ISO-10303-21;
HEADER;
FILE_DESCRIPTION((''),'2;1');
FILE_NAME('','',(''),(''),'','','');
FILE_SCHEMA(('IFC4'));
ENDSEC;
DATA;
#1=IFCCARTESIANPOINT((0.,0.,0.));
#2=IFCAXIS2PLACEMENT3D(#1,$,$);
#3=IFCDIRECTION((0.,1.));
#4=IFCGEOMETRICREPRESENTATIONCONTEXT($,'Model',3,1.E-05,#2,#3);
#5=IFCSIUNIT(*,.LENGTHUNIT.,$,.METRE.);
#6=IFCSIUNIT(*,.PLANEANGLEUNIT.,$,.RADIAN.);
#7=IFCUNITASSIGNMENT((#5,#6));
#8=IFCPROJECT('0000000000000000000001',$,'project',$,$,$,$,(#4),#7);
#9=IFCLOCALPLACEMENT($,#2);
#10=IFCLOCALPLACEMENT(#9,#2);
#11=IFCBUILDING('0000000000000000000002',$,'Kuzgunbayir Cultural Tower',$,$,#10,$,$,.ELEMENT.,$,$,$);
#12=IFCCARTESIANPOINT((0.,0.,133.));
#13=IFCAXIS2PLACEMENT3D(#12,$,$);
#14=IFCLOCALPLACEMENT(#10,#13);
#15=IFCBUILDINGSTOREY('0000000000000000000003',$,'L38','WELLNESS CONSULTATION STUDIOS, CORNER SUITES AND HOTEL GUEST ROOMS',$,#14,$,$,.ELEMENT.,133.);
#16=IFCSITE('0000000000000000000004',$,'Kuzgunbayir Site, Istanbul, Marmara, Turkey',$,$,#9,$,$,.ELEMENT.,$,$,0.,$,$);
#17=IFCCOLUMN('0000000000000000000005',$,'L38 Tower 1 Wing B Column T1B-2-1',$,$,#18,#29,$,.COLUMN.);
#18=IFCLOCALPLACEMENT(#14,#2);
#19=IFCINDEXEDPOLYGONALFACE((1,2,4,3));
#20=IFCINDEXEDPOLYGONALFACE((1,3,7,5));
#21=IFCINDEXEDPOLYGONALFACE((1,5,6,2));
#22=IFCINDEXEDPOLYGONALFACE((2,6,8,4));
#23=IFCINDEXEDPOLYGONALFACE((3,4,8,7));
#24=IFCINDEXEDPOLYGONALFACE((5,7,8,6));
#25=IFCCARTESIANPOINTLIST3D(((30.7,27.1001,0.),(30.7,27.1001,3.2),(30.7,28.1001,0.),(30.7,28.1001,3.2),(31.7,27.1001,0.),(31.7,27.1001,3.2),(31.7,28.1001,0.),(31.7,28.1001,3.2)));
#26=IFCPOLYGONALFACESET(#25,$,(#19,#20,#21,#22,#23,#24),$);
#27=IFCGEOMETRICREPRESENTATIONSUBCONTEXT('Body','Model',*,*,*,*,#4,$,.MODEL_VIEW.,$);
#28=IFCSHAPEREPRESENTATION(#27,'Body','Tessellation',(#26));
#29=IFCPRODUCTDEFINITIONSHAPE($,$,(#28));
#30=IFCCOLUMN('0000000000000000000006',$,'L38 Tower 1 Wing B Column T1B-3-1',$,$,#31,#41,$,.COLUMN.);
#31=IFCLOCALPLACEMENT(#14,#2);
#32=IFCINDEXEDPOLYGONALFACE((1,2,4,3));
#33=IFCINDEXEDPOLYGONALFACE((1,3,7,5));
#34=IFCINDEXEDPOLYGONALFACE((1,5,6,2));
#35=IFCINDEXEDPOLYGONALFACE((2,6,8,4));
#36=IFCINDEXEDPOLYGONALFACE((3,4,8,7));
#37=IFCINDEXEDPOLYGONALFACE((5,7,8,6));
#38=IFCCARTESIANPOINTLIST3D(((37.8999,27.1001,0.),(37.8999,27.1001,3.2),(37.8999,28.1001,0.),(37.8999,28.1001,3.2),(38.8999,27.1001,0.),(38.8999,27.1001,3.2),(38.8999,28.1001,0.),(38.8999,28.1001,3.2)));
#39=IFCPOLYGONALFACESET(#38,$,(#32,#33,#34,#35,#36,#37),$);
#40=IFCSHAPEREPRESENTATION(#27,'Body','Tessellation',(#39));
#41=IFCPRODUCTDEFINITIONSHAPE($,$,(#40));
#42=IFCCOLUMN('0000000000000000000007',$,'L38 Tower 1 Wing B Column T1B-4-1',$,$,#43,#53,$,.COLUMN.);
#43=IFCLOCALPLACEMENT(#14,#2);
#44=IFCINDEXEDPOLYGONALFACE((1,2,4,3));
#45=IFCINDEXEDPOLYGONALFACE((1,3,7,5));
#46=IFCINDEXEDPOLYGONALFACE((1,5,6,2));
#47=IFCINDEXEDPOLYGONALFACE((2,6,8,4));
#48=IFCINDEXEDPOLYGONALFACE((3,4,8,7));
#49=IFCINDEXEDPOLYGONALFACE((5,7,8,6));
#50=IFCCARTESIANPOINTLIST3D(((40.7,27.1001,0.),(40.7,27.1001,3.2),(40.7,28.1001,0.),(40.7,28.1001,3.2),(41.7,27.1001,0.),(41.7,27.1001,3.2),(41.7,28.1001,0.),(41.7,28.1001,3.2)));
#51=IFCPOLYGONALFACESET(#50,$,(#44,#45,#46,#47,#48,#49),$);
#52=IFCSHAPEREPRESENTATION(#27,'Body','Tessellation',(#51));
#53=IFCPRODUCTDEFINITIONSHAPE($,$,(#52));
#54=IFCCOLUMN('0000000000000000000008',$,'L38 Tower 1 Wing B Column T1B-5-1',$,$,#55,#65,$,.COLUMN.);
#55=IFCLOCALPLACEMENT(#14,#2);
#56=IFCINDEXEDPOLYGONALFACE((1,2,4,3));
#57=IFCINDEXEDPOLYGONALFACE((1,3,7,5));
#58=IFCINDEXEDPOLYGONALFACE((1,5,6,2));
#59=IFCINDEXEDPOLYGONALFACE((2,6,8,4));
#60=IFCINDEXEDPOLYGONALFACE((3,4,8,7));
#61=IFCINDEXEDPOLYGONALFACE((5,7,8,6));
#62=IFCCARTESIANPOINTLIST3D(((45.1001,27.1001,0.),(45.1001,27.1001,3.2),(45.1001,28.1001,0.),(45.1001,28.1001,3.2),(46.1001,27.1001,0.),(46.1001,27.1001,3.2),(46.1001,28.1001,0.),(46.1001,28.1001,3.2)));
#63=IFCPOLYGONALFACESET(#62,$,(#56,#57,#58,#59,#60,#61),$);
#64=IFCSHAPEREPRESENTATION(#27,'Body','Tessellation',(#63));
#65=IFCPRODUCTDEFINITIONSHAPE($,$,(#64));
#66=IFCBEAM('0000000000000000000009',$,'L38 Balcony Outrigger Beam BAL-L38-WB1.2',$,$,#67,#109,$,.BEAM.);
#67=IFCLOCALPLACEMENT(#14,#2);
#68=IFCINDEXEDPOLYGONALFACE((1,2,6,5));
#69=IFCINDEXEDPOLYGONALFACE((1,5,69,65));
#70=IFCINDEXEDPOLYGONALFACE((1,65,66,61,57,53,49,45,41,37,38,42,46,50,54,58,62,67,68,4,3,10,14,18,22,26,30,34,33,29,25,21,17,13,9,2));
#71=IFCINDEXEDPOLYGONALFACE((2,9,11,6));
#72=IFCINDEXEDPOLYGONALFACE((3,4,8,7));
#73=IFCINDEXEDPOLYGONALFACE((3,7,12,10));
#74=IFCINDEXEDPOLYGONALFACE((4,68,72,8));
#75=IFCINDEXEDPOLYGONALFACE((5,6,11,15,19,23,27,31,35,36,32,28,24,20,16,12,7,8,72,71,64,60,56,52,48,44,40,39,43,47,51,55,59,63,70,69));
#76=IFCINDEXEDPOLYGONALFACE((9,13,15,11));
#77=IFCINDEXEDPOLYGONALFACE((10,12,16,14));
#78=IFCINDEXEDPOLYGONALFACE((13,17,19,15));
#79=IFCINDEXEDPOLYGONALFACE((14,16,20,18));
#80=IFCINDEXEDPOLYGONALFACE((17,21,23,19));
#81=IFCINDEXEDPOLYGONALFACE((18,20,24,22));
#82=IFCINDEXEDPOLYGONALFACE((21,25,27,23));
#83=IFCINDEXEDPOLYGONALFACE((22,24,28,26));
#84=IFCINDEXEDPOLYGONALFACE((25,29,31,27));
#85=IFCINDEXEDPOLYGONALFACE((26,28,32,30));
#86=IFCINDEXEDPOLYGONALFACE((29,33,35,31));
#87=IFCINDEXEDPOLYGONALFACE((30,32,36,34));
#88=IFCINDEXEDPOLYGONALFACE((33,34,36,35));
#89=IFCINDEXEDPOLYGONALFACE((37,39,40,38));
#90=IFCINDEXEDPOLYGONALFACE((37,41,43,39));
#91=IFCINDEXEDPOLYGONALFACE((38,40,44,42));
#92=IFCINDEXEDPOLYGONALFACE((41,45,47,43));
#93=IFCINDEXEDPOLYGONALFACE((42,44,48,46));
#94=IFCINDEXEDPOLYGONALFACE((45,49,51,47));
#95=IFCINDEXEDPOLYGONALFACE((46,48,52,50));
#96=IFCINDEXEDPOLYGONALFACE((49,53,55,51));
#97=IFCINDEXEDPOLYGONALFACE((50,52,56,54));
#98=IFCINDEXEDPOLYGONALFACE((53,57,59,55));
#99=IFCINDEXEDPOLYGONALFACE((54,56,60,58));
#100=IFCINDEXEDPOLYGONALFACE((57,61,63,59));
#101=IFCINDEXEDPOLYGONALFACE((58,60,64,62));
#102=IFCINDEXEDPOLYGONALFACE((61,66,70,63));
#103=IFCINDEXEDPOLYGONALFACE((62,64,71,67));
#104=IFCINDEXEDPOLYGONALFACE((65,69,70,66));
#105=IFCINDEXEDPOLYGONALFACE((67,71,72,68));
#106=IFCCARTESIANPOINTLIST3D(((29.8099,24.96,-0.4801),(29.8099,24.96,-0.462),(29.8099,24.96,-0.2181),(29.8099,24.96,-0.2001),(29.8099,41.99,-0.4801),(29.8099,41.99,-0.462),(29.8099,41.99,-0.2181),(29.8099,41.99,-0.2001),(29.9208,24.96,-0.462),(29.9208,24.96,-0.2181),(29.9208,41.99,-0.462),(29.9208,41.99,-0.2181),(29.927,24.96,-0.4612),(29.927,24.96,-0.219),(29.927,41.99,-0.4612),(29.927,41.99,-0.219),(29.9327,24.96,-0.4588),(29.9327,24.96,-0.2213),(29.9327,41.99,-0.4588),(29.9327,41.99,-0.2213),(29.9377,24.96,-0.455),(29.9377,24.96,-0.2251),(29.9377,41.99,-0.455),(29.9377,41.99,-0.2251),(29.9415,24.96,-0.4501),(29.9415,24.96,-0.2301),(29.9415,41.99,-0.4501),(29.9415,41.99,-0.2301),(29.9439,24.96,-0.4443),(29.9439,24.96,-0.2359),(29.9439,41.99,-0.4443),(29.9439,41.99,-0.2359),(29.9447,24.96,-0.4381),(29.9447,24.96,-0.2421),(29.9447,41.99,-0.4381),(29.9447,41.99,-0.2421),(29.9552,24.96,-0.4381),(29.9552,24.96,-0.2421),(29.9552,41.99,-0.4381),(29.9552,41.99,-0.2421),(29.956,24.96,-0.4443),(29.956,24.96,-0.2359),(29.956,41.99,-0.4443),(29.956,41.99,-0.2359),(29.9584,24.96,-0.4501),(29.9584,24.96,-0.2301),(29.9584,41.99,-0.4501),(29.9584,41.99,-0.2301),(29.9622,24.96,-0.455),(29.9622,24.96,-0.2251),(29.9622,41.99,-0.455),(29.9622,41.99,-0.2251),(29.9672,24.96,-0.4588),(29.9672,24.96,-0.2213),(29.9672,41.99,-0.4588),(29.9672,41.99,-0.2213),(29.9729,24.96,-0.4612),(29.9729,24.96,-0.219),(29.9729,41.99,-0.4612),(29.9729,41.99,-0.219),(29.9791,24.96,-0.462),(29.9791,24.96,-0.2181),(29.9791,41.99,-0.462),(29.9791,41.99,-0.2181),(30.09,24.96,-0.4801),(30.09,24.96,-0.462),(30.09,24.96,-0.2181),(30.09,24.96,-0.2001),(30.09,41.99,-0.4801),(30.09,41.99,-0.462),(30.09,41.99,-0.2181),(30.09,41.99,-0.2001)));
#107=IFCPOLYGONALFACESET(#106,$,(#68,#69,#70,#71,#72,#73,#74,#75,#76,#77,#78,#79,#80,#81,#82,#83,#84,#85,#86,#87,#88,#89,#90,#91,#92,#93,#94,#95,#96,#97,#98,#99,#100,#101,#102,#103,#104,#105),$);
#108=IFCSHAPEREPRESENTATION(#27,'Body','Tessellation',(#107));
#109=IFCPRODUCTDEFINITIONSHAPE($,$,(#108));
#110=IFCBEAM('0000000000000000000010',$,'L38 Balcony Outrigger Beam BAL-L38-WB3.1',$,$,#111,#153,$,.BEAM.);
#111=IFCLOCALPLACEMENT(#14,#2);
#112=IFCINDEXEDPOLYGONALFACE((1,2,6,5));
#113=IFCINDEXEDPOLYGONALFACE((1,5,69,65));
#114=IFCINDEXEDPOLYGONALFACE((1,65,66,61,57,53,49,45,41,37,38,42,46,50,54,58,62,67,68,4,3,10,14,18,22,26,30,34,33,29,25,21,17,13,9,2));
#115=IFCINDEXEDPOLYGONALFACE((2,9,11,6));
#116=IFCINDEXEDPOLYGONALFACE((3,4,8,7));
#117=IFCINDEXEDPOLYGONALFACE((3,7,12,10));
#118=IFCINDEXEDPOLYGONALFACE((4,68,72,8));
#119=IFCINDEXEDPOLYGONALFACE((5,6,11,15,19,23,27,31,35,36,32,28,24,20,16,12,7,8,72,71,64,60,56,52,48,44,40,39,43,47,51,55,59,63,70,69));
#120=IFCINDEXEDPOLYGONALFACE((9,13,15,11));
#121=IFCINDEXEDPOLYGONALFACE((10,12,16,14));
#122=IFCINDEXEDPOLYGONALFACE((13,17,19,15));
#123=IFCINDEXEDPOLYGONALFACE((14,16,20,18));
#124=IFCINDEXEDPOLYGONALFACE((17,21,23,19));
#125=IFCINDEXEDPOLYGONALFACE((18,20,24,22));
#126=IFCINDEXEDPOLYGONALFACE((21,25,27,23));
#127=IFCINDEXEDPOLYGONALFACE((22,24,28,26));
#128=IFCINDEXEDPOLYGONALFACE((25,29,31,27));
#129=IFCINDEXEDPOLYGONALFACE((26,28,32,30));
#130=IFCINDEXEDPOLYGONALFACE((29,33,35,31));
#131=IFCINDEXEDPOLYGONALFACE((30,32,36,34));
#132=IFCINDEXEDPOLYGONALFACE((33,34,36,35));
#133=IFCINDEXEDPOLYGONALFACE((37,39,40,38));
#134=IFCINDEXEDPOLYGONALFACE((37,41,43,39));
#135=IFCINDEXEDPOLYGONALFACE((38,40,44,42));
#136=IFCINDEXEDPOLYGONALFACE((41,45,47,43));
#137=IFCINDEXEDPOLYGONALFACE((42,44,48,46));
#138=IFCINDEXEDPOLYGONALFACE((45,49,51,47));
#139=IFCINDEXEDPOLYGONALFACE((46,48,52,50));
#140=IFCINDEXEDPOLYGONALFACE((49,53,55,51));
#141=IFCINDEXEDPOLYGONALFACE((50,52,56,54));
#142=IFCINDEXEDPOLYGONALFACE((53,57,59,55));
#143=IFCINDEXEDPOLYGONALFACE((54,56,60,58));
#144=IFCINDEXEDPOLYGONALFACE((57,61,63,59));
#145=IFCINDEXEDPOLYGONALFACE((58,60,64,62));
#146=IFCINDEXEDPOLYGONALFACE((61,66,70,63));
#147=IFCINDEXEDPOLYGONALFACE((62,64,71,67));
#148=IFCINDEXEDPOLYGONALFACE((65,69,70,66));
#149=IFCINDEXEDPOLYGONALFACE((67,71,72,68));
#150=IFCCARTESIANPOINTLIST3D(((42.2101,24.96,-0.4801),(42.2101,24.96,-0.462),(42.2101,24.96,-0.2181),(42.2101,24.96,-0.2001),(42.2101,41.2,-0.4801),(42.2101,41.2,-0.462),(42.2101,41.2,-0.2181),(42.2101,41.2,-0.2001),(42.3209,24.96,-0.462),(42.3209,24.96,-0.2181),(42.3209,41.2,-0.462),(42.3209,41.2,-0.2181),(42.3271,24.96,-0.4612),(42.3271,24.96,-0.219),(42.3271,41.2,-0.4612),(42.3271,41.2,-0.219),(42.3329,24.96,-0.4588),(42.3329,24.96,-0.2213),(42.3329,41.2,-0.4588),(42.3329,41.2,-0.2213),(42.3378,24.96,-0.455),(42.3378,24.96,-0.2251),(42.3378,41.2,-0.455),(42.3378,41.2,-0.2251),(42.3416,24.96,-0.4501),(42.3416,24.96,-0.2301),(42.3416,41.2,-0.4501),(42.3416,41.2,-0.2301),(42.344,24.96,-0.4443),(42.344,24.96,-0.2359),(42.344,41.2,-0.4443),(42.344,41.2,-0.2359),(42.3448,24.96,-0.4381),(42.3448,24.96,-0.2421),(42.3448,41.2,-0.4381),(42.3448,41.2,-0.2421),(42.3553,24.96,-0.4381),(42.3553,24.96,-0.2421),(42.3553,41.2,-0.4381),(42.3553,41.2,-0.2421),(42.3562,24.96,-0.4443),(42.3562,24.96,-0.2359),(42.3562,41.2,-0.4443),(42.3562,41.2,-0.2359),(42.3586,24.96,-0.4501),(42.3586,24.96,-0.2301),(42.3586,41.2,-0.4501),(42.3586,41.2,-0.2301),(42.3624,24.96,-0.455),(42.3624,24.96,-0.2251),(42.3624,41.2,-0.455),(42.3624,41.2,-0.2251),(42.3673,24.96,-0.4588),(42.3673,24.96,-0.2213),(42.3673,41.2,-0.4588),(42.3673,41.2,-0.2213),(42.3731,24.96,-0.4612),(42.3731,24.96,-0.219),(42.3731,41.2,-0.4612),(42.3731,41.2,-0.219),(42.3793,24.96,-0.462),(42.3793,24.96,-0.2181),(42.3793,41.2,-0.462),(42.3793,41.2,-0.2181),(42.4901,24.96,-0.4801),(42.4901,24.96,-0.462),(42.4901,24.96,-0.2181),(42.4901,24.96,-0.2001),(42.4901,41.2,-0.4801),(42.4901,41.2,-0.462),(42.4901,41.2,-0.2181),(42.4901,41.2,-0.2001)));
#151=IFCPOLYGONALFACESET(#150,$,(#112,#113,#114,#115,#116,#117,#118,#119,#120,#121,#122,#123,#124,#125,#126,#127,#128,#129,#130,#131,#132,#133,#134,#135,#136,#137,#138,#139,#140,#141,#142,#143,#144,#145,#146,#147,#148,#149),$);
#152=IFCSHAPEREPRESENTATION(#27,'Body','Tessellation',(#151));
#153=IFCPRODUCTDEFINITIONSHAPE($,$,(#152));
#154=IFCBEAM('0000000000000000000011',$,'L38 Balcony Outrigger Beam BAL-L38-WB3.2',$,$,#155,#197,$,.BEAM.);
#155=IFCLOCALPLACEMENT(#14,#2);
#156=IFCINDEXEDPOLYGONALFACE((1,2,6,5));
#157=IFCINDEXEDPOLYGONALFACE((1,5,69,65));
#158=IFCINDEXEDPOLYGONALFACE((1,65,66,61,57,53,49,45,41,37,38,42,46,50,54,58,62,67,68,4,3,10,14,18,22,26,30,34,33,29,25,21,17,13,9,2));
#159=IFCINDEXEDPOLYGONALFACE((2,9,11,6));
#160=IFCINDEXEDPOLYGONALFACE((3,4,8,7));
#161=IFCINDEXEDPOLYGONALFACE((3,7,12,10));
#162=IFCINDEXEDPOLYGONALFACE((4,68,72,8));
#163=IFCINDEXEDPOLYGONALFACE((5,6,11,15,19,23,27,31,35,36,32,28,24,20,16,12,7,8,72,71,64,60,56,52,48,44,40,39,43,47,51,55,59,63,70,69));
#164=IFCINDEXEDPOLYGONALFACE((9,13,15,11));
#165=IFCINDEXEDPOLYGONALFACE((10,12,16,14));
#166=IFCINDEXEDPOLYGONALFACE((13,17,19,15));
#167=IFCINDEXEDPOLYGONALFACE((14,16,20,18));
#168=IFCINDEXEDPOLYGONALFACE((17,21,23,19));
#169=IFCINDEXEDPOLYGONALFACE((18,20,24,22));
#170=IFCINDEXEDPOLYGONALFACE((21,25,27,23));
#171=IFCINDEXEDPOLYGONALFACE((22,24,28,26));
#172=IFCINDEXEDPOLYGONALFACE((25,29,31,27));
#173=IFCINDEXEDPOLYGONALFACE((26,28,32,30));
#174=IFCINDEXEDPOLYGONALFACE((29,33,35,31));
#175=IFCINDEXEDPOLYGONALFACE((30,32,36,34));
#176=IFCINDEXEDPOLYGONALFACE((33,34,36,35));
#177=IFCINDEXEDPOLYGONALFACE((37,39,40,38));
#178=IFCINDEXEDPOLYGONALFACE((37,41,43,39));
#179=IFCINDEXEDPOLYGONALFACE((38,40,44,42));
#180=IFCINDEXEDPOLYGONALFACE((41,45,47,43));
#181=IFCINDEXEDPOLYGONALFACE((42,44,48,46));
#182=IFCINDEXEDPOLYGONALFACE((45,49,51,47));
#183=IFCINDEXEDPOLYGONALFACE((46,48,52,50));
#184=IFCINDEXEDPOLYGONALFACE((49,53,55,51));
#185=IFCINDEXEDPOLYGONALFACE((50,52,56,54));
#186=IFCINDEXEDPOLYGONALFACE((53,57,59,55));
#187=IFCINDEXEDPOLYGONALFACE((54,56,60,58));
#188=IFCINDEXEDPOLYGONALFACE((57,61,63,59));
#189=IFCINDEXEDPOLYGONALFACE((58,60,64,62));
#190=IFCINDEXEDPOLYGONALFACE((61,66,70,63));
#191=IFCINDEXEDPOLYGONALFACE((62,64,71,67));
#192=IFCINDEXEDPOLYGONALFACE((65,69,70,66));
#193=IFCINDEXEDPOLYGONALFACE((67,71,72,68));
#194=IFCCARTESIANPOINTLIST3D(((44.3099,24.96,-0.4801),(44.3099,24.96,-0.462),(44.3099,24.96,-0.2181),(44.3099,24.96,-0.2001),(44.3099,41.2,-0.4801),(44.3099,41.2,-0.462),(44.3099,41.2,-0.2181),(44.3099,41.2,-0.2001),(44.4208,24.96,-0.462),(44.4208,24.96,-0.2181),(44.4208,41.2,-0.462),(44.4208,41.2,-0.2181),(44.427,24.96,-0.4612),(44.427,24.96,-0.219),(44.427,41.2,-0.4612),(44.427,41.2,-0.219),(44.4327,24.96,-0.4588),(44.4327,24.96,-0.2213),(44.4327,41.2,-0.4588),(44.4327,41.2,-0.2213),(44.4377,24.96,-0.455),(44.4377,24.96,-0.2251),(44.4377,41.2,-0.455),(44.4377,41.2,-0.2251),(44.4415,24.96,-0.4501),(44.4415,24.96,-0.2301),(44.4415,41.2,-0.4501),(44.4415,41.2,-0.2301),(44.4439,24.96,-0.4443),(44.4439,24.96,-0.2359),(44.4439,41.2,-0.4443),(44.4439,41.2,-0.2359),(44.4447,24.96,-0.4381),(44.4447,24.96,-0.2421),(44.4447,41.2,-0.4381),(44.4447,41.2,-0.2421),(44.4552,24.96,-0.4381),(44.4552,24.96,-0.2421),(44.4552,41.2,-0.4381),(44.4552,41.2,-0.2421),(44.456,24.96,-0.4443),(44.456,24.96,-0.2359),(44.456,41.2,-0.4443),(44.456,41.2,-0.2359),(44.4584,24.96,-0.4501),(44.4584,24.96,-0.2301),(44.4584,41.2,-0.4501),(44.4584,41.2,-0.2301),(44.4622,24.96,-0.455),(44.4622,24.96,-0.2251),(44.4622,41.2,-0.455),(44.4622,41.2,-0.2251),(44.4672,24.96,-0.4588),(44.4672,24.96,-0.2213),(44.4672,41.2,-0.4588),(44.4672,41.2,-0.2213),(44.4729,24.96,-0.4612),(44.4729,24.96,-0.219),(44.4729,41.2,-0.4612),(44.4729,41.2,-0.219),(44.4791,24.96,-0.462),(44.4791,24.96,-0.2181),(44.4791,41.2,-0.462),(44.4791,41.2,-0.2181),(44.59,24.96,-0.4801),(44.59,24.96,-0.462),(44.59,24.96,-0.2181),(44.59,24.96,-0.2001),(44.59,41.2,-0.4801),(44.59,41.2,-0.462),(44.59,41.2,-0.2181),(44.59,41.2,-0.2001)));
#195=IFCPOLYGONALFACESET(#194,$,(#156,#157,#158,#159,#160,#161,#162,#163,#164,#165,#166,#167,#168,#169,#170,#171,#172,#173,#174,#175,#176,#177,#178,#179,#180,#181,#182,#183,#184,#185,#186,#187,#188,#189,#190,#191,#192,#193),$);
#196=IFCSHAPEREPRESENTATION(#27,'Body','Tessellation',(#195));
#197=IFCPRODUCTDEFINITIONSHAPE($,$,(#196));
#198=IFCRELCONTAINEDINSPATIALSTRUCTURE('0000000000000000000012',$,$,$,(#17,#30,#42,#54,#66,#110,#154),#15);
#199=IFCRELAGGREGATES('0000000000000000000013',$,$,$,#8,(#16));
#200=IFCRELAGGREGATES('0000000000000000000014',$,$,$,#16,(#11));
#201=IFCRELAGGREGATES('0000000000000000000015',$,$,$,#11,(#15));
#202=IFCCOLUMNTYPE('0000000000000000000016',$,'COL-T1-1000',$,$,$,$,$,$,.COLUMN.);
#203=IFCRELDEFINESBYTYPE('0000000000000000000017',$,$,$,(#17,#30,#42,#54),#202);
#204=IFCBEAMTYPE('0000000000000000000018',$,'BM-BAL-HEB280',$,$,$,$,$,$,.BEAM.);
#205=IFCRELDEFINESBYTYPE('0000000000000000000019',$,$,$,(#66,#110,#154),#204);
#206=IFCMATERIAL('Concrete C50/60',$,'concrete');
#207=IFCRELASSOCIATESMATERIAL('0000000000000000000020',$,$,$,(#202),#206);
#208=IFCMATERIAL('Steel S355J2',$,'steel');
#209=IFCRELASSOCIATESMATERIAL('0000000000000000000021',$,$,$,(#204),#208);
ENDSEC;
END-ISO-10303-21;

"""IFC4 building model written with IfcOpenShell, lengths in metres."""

from ifc_helpers import new_model, si_unit, direction, frame, origin, origin_2d, place, context, subcontext, project, spatial, rectangle, i_section, extrude, material, material_profile, profile_set, type_object, element, save


model = new_model("IFC4")

# Units and contexts
model_context = context("Model", 3, precision=1e-05, world=origin(), true_north=direction((0.0, 1.0)))
body_context = subcontext(model_context, "Body", "Model", "MODEL_VIEW")
ifc_project = project(units=[si_unit("LENGTHUNIT", "METRE"), si_unit("PLANEANGLEUNIT", "RADIAN")], contexts=[model_context])

# Site, building, storey
site_placement = place(None, origin())
site = spatial("IfcSite", under=ifc_project, at=site_placement, Name="Kuzgunbayir Site, Istanbul, Marmara, Turkey", CompositionType="ELEMENT", RefElevation=0.0)
building_placement = place(site_placement, origin())
building = spatial("IfcBuilding", under=site, at=building_placement, Name="Kuzgunbayir Cultural Tower", CompositionType="ELEMENT")
storey_placement = place(building_placement, frame((0.0, 0.0, 133.0)))
storey = spatial("IfcBuildingStorey", under=building, at=storey_placement, Name="L38", Description="WELLNESS CONSULTATION STUDIOS, CORNER SUITES AND HOTEL GUEST ROOMS", CompositionType="ELEMENT", Elevation=133.0)

# Columns
ifc_material_1 = material(Name="Concrete C50/60", Category="concrete")
ifc_material_profile_1 = material_profile(ifc_material_1, rectangle(XDim=1.0, YDim=1.0, at=origin_2d()), Name="RC 1000x1000")
ifc_profile_set_1 = profile_set([ifc_material_profile_1], Name="Concrete C50/60")
column_type = type_object("IfcColumnType", Name="COL-T1-1000", PredefinedType="COLUMN", material=ifc_profile_set_1)
for number, where, z_axis, x_axis, name in (
    (1, (31.2, 27.6001, 0.0), (0.0, 0.0, 1.0), (1.0, 0.0, 0.0), "L38 Tower 1 Wing B Column T1B-2-1"),
    (2, (38.3999, 27.6001, 0.0), (0.0, 0.0, 1.0), (1.0, 0.0, 0.0), "L38 Tower 1 Wing B Column T1B-3-1"),
    (3, (41.2, 27.6001, 0.0), (0.0, 0.0, 1.0), (1.0, 0.0, 0.0), "L38 Tower 1 Wing B Column T1B-4-1"),
    (4, (45.6001, 27.6001, 0.0), (0.0, 0.0, 1.0), (1.0, 0.0, 0.0), "L38 Tower 1 Wing B Column T1B-5-1"),
):
    element("IfcColumn", number, at=place(storey_placement, frame(where, z_axis=z_axis, x_axis=x_axis)), inside=storey, type_object=column_type, Name=name, PredefinedType="COLUMN", context=body_context, shape_type="SweptSolid", body=[
        extrude(rectangle(XDim=1.0, YDim=1.0, at=origin_2d()), origin(), (0.0, 0.0, 1.0), 3.2),
    ])

# Beams
ifc_material_2 = material(Name="Steel S355J2", Category="steel")
ifc_material_profile_2 = material_profile(ifc_material_2, i_section(OverallWidth=0.28, OverallDepth=0.28, WebThickness=0.0105, FlangeThickness=0.0181, FilletRadius=0.0239, at=origin_2d()), Name="HEB 280")
ifc_profile_set_2 = profile_set([ifc_material_profile_2], Name="Steel S355J2")
beam_type_1 = type_object("IfcBeamType", Name="BM-BAL-HEB280", PredefinedType="BEAM", material=ifc_profile_set_2)
beam_1_placement = place(storey_placement, frame((29.95, 24.96, -0.3401), z_axis=(0.0, 1.0, 0.0), x_axis=(-1.0, 0.0, 0.0)))
element("IfcBeam", 5, at=beam_1_placement, inside=storey, type_object=beam_type_1, Name="L38 Balcony Outrigger Beam BAL-L38-WB1.2", PredefinedType="BEAM", context=body_context, shape_type="SweptSolid", body=[
    extrude(i_section(OverallWidth=0.28, OverallDepth=0.28, WebThickness=0.0105, FlangeThickness=0.0181, FilletRadius=0.0239, at=origin_2d()), origin(), (0.0, 0.0, 1.0), 17.03),
])
for number, where, z_axis, x_axis, name in (
    (6, (42.3501, 24.96, -0.3401), (0.0, 1.0, 0.0), (-1.0, 0.0, 0.0), "L38 Balcony Outrigger Beam BAL-L38-WB3.1"),
    (7, (44.45, 24.96, -0.3401), (0.0, 1.0, 0.0), (-1.0, 0.0, 0.0), "L38 Balcony Outrigger Beam BAL-L38-WB3.2"),
):
    element("IfcBeam", number, at=place(storey_placement, frame(where, z_axis=z_axis, x_axis=x_axis)), inside=storey, type_object=beam_type_1, Name=name, PredefinedType="BEAM", context=body_context, shape_type="SweptSolid", body=[
        extrude(i_section(OverallWidth=0.28, OverallDepth=0.28, WebThickness=0.0105, FlangeThickness=0.0181, FilletRadius=0.0239, at=origin_2d()), origin(), (0.0, 0.0, 1.0), 16.24),
    ])

save(model, "model.ifc")
